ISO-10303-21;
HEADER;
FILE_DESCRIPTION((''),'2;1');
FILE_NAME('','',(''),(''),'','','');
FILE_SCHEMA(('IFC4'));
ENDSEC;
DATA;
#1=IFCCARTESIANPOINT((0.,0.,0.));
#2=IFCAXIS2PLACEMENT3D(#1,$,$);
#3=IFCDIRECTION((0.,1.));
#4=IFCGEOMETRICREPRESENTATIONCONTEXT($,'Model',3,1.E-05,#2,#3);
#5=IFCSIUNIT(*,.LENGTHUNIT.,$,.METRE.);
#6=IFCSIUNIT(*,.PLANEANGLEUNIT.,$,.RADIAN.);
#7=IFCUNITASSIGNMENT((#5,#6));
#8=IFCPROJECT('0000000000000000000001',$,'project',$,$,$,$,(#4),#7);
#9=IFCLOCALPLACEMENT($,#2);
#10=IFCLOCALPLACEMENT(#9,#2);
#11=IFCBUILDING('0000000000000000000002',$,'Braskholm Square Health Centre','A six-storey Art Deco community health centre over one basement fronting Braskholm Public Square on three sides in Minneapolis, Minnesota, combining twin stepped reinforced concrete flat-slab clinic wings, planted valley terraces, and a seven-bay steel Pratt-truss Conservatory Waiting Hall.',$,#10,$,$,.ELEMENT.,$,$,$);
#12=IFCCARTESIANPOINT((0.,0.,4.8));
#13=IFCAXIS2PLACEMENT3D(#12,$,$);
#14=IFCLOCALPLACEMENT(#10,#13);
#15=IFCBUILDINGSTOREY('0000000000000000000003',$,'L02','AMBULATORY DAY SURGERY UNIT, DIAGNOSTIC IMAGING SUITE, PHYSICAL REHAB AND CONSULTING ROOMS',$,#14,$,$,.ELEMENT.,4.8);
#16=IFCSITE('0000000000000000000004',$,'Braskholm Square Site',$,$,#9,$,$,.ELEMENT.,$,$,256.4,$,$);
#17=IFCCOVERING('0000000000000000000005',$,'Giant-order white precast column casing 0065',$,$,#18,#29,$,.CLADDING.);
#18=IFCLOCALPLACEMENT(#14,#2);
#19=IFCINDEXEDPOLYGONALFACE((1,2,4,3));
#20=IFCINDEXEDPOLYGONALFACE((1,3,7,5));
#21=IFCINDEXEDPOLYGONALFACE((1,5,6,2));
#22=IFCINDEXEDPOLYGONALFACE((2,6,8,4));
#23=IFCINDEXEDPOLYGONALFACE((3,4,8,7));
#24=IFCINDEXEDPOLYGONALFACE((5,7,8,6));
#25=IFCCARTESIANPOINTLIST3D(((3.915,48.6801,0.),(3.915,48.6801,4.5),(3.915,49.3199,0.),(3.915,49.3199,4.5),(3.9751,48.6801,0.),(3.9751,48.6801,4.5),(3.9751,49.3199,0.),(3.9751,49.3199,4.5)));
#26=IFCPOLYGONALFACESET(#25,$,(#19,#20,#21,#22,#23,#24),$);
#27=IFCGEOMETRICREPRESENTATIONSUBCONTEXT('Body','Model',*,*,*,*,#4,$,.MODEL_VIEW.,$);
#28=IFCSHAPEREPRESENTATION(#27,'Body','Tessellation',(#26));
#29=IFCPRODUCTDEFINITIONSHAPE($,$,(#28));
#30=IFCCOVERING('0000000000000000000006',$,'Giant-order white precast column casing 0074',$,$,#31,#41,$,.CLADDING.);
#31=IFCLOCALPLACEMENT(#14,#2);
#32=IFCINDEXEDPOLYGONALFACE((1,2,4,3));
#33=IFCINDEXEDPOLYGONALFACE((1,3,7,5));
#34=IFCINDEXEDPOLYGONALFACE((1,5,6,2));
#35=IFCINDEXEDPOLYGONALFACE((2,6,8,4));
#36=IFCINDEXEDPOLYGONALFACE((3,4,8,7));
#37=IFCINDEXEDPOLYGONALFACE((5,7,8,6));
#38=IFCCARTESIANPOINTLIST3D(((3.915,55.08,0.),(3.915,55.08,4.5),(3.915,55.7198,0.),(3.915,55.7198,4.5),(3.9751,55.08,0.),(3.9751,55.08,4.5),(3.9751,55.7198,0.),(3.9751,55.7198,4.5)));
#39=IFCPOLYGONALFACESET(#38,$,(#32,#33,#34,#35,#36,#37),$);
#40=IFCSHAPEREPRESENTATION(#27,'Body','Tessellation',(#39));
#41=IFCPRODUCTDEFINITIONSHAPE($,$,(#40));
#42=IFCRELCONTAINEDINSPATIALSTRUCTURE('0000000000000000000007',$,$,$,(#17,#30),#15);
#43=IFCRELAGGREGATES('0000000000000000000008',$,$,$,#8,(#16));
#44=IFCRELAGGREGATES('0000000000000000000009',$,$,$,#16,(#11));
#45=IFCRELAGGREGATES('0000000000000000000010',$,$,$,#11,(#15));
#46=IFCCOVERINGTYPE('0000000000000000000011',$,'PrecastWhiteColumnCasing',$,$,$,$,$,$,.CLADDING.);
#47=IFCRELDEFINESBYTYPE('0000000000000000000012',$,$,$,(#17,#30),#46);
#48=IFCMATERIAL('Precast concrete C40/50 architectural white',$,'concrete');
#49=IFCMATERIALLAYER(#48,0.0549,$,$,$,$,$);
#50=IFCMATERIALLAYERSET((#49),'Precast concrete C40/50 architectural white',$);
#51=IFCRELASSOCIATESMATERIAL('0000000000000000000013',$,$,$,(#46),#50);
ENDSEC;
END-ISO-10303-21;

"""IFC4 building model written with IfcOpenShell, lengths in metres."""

from ifc_helpers import new_model, si_unit, direction, frame, origin, origin_2d, place, context, subcontext, project, spatial, rectangle, extrude, material, layer, layer_set, type_object, element, save


model = new_model("IFC4")

# Units and contexts
model_context = context("Model", 3, precision=1e-05, world=origin(), true_north=direction((0.0, 1.0)))
body_context = subcontext(model_context, "Body", "Model", "MODEL_VIEW")
ifc_project = project(units=[si_unit("LENGTHUNIT", "METRE"), si_unit("PLANEANGLEUNIT", "RADIAN")], contexts=[model_context])

# Site, building, storey
site_placement = place(None, origin())
site = spatial("IfcSite", under=ifc_project, at=site_placement, Name="Braskholm Square Site", CompositionType="ELEMENT", RefElevation=256.4)
building_placement = place(site_placement, origin())
building = spatial("IfcBuilding", under=site, at=building_placement, Name="Braskholm Square Health Centre", Description="A six-storey Art Deco community health centre over one basement fronting Braskholm Public Square on three sides in Minneapolis, Minnesota, combining twin stepped reinforced concrete flat-slab clinic wings, planted valley terraces, and a seven-bay steel Pratt-truss Conservatory Waiting Hall.", CompositionType="ELEMENT")
storey_placement = place(building_placement, frame((0.0, 0.0, 4.8)))
storey = spatial("IfcBuildingStorey", under=building, at=storey_placement, Name="L02", Description="AMBULATORY DAY SURGERY UNIT, DIAGNOSTIC IMAGING SUITE, PHYSICAL REHAB AND CONSULTING ROOMS", CompositionType="ELEMENT", Elevation=4.8)

# Coverings
ifc_material_1 = material(Name="Precast concrete C40/50 architectural white", Category="concrete")
ifc_layer_1 = layer(ifc_material_1, 0.0549)
ifc_layer_set_1 = layer_set([ifc_layer_1], Name="Precast concrete C40/50 architectural white")
covering_type_1 = type_object("IfcCoveringType", Name="PrecastWhiteColumnCasing", PredefinedType="CLADDING", material=ifc_layer_set_1)
for number, where, z_axis, x_axis, name in (
    (1, (3.9451, 49.0, 0.0), (0.0, 0.0, 1.0), (1.0, 0.0, 0.0), "Giant-order white precast column casing 0065"),
    (2, (3.9451, 55.3999, 0.0), (0.0, 0.0, 1.0), (1.0, 0.0, 0.0), "Giant-order white precast column casing 0074"),
):
    element("IfcCovering", number, at=place(storey_placement, frame(where, z_axis=z_axis, x_axis=x_axis)), inside=storey, type_object=covering_type_1, Name=name, PredefinedType="CLADDING", context=body_context, shape_type="SweptSolid", body=[
        extrude(rectangle(XDim=0.0601, YDim=0.6399, at=origin_2d()), origin(), (0.0, 0.0, 1.0), 4.5),
    ])

save(model, "model.ifc")
